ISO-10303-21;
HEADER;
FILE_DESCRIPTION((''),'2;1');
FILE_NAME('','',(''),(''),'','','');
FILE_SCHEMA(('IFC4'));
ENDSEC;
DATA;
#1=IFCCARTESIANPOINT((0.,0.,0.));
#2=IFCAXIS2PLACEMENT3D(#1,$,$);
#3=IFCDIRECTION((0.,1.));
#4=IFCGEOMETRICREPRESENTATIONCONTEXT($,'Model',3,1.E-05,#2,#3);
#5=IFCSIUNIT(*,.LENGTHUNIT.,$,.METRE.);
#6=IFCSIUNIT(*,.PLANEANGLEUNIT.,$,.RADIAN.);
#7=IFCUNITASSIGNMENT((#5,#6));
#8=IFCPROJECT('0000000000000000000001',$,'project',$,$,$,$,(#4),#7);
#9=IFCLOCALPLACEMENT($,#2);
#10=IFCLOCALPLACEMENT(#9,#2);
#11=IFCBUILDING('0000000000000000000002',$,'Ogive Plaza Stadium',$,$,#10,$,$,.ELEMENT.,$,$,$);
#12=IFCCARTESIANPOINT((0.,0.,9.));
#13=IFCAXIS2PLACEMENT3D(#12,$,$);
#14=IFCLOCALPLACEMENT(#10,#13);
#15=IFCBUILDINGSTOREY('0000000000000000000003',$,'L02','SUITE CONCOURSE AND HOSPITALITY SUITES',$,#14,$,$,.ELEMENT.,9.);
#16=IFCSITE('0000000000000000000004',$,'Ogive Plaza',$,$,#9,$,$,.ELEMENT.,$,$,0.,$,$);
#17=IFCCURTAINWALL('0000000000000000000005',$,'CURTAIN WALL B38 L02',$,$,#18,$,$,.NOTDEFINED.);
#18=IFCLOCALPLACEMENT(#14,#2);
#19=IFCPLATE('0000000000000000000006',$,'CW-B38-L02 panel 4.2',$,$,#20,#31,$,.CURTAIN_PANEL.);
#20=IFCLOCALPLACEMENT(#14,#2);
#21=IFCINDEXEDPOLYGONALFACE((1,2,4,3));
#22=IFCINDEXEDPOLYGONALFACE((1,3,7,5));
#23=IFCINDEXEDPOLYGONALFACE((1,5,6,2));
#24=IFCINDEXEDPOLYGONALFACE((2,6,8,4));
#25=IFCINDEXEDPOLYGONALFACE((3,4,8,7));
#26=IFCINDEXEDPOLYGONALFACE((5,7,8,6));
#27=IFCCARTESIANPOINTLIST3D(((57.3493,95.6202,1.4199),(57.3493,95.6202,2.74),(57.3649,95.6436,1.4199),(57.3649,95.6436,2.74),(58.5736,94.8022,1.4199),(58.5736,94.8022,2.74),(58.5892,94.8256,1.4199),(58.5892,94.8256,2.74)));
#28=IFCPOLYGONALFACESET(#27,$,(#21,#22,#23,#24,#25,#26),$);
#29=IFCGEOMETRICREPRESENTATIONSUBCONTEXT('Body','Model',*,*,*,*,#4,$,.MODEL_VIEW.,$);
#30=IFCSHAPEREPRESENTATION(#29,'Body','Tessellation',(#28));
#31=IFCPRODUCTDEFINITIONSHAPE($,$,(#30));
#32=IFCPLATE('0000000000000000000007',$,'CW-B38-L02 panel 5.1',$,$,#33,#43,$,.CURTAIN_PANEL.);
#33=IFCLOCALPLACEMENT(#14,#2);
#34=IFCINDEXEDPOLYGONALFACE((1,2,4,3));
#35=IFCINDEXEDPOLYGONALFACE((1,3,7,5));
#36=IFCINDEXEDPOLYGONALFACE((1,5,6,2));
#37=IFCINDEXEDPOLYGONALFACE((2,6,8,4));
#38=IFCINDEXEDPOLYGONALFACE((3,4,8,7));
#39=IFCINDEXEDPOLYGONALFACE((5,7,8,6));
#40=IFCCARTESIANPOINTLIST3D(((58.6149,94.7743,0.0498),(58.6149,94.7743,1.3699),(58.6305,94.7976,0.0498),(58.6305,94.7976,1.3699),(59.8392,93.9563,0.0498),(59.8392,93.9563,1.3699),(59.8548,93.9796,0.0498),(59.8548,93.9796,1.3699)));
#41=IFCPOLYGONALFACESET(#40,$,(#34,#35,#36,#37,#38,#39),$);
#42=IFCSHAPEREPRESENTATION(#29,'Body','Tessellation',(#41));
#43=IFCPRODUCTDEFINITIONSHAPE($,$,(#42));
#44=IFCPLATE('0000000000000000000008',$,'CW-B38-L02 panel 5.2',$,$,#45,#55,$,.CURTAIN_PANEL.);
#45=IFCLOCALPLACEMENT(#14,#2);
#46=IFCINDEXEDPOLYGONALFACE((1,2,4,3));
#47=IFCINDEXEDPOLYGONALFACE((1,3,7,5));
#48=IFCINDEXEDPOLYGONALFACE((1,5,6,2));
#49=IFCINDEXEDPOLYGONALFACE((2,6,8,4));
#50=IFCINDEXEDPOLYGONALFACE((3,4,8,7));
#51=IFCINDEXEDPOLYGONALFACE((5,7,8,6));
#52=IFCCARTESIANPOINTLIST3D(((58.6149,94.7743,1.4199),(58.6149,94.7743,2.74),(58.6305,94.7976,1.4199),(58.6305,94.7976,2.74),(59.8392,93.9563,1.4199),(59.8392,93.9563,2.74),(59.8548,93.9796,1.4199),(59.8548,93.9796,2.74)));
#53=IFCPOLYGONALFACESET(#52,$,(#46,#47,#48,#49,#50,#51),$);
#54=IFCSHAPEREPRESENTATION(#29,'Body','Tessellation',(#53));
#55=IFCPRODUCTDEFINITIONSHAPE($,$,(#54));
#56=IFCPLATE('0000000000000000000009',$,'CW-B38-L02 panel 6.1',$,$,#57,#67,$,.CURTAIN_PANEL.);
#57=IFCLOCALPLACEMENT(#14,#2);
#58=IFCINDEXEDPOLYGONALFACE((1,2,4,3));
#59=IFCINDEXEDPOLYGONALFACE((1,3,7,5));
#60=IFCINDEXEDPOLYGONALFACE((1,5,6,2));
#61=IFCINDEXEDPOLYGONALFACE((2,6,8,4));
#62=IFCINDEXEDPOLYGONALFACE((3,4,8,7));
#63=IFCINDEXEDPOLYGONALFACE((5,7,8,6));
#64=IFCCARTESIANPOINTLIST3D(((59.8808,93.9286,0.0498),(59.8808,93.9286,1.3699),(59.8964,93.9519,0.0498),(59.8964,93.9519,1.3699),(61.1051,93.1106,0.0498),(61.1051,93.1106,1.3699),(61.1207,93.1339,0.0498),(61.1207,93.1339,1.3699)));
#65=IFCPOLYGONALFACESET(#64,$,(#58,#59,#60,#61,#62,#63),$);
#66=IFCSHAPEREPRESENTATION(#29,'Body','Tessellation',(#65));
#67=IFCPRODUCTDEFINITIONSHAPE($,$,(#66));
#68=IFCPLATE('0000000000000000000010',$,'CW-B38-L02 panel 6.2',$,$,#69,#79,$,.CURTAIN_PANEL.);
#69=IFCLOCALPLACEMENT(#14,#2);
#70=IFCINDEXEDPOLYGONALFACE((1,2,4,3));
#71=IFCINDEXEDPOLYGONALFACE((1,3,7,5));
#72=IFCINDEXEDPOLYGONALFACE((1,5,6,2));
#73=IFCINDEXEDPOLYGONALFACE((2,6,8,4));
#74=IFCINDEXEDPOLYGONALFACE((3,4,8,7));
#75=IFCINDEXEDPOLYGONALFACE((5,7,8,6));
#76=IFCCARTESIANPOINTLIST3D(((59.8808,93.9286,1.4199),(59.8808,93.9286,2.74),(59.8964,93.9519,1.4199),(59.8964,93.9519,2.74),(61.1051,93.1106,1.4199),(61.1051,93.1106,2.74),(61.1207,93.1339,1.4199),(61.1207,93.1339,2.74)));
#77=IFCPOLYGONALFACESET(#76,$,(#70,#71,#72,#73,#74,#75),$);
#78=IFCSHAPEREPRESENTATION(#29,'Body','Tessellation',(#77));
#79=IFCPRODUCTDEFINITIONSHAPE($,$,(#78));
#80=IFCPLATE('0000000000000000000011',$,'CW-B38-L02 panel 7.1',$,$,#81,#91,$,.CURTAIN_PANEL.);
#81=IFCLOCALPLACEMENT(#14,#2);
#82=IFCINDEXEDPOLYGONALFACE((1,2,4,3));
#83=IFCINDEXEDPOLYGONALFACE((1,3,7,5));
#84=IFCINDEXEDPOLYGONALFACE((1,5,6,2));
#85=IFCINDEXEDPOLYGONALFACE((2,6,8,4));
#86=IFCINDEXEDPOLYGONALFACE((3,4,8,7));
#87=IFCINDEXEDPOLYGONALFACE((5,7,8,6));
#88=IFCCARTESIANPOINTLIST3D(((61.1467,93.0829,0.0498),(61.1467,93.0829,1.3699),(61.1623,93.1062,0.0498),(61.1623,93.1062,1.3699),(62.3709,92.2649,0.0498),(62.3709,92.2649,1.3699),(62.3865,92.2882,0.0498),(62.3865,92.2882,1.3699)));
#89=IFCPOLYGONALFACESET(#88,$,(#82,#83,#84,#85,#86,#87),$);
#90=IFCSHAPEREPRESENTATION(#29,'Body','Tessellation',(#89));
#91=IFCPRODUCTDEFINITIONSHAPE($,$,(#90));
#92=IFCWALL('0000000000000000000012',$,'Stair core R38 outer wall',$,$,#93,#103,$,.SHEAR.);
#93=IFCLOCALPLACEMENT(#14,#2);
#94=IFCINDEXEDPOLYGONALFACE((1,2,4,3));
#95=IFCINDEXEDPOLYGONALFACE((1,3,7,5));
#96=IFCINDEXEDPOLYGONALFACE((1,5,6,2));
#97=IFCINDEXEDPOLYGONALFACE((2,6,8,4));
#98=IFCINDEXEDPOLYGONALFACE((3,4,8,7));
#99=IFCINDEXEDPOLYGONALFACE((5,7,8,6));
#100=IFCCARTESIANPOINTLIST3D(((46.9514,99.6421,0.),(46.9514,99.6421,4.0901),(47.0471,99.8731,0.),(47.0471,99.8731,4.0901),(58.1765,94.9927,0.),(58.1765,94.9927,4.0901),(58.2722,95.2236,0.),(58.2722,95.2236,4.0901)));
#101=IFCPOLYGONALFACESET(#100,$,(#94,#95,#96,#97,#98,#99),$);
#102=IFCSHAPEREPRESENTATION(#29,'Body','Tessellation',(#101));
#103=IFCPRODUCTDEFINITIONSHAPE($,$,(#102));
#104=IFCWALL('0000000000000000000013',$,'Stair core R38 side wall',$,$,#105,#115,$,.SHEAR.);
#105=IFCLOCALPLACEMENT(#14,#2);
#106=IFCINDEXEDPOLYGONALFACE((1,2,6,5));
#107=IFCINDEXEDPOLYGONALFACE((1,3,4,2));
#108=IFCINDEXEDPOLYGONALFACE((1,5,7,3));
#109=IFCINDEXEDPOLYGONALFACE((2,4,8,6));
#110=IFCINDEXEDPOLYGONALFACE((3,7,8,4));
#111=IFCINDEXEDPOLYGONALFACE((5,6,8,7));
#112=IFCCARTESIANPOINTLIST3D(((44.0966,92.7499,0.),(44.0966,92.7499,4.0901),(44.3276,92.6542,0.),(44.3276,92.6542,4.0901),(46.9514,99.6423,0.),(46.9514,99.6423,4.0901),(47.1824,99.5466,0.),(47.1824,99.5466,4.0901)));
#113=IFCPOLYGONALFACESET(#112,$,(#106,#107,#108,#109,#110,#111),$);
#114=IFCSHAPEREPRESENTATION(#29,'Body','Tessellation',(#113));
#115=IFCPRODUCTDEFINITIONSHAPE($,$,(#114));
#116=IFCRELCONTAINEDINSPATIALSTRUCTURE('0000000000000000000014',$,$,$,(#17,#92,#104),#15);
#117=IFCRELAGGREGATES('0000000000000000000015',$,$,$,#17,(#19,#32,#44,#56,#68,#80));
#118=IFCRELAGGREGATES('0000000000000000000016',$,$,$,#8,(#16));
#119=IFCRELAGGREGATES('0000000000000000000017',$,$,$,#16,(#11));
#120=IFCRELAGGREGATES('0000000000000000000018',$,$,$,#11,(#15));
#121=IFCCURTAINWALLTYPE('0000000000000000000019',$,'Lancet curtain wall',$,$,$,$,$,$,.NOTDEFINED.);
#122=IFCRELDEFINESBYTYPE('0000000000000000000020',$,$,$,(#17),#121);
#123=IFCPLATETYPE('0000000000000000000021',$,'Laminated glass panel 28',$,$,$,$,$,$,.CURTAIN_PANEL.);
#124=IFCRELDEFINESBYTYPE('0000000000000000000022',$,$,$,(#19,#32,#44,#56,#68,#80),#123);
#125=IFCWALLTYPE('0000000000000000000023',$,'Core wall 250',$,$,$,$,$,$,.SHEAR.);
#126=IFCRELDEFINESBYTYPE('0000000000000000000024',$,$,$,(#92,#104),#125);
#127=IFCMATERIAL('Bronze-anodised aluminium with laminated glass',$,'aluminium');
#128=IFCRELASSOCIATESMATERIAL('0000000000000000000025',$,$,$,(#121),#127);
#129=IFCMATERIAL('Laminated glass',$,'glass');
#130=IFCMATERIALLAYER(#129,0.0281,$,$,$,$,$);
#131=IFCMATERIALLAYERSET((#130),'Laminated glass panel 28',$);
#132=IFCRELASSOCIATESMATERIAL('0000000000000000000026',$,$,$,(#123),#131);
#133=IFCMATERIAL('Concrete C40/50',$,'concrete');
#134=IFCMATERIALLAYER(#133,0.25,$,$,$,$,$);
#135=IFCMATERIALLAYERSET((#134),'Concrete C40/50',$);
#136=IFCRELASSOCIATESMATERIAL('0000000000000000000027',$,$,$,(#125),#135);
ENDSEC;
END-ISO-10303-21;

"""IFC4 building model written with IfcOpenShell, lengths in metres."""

from ifc_helpers import new_model, si_unit, direction, frame, frame_2d, origin, origin_2d, place, context, subcontext, project, spatial, rectangle, extrude, material, layer, layer_set, type_object, element, aggregate, save


model = new_model("IFC4")

# Units and contexts
model_context = context("Model", 3, precision=1e-05, world=origin(), true_north=direction((0.0, 1.0)))
body_context = subcontext(model_context, "Body", "Model", "MODEL_VIEW")
ifc_project = project(units=[si_unit("LENGTHUNIT", "METRE"), si_unit("PLANEANGLEUNIT", "RADIAN")], contexts=[model_context])

# Site, building, storey
site_placement = place(None, origin())
site = spatial("IfcSite", under=ifc_project, at=site_placement, Name="Ogive Plaza", CompositionType="ELEMENT", RefElevation=0.0)
building_placement = place(site_placement, origin())
building = spatial("IfcBuilding", under=site, at=building_placement, Name="Ogive Plaza Stadium", CompositionType="ELEMENT")
storey_placement = place(building_placement, frame((0.0, 0.0, 9.0)))
storey = spatial("IfcBuildingStorey", under=building, at=storey_placement, Name="L02", Description="SUITE CONCOURSE AND HOSPITALITY SUITES", CompositionType="ELEMENT", Elevation=9.0)

# Curtain wall, plates
ifc_material_1 = material(Name="Bronze-anodised aluminium with laminated glass", Category="aluminium")
curtain_wall_type = type_object("IfcCurtainWallType", Name="Lancet curtain wall", PredefinedType="NOTDEFINED", material=ifc_material_1)
curtain_wall_placement = place(storey_placement, origin())
curtain_wall = element("IfcCurtainWall", 1, at=curtain_wall_placement, inside=storey, type_object=curtain_wall_type, Name="CURTAIN WALL B38 L02", PredefinedType="NOTDEFINED")
ifc_material_2 = material(Name="Laminated glass", Category="glass")
ifc_layer_1 = layer(ifc_material_2, 0.0281)
ifc_layer_set_1 = layer_set([ifc_layer_1], Name="Laminated glass panel 28")
plate_type = type_object("IfcPlateType", Name="Laminated glass panel 28", PredefinedType="CURTAIN_PANEL", material=ifc_layer_set_1)
plate_1_placement = place(storey_placement, frame((57.9692, 95.2229, 1.4199), z_axis=(0.0, 0.0, 1.0), x_axis=(0.83147, -0.55557, 0.0)))
plate_1 = element("IfcPlate", 2, at=plate_1_placement, type_object=plate_type, Name="CW-B38-L02 panel 4.2", PredefinedType="CURTAIN_PANEL", context=body_context, shape_type="SweptSolid", body=[
    extrude(rectangle(XDim=1.4724, YDim=0.0281, at=origin_2d()), origin(), (0.0, 0.0, 1.0), 1.3201),
])
plate_2_placement = place(storey_placement, frame((59.2349, 94.377, 0.0498), z_axis=(0.0, 0.0, 1.0), x_axis=(0.83147, -0.55557, 0.0)))
plate_2 = element("IfcPlate", 3, at=plate_2_placement, type_object=plate_type, Name="CW-B38-L02 panel 5.1", PredefinedType="CURTAIN_PANEL", context=body_context, shape_type="SweptSolid", body=[
    extrude(rectangle(XDim=1.4724, YDim=0.0281, at=origin_2d()), origin(), (0.0, 0.0, 1.0), 1.3201),
])
plate_3_placement = place(storey_placement, frame((59.2349, 94.377, 1.4199), z_axis=(0.0, 0.0, 1.0), x_axis=(0.83147, -0.55557, 0.0)))
plate_3 = element("IfcPlate", 4, at=plate_3_placement, type_object=plate_type, Name="CW-B38-L02 panel 5.2", PredefinedType="CURTAIN_PANEL", context=body_context, shape_type="SweptSolid", body=[
    extrude(rectangle(XDim=1.4724, YDim=0.0281, at=origin_2d()), origin(), (0.0, 0.0, 1.0), 1.3201),
])
plate_4_placement = place(storey_placement, frame((60.5007, 93.5312, 0.0498), z_axis=(0.0, 0.0, 1.0), x_axis=(0.83147, -0.55557, 0.0)))
plate_4 = element("IfcPlate", 5, at=plate_4_placement, type_object=plate_type, Name="CW-B38-L02 panel 6.1", PredefinedType="CURTAIN_PANEL", context=body_context, shape_type="SweptSolid", body=[
    extrude(rectangle(XDim=1.4724, YDim=0.0281, at=origin_2d()), origin(), (0.0, 0.0, 1.0), 1.3201),
])
plate_5_placement = place(storey_placement, frame((60.5007, 93.5312, 1.4199), z_axis=(0.0, 0.0, 1.0), x_axis=(0.83147, -0.55557, 0.0)))
plate_5 = element("IfcPlate", 6, at=plate_5_placement, type_object=plate_type, Name="CW-B38-L02 panel 6.2", PredefinedType="CURTAIN_PANEL", context=body_context, shape_type="SweptSolid", body=[
    extrude(rectangle(XDim=1.4724, YDim=0.0281, at=origin_2d()), origin(), (0.0, 0.0, 1.0), 1.3201),
])
plate_6_placement = place(storey_placement, frame((61.7666, 92.6855, 0.0498), z_axis=(0.0, 0.0, 1.0), x_axis=(0.83147, -0.55557, 0.0)))
plate_6 = element("IfcPlate", 7, at=plate_6_placement, type_object=plate_type, Name="CW-B38-L02 panel 7.1", PredefinedType="CURTAIN_PANEL", context=body_context, shape_type="SweptSolid", body=[
    extrude(rectangle(XDim=1.4724, YDim=0.0281, at=origin_2d()), origin(), (0.0, 0.0, 1.0), 1.3201),
])
aggregate(curtain_wall, [plate_1, plate_2, plate_3, plate_4, plate_5, plate_6])

# Walls
ifc_material_3 = material(Name="Concrete C40/50", Category="concrete")
ifc_layer_2 = layer(ifc_material_3, 0.25)
ifc_layer_set_2 = layer_set([ifc_layer_2], Name="Concrete C40/50")
wall_type = type_object("IfcWallType", Name="Core wall 250", PredefinedType="SHEAR", material=ifc_layer_set_2)
wall_1_placement = place(storey_placement, frame((58.2244, 95.1082, 0.0), z_axis=(0.0, 0.0, 1.0), x_axis=(-0.923885, 0.382671, 0.0)))
element("IfcWall", 8, at=wall_1_placement, inside=storey, type_object=wall_type, Name="Stair core R38 outer wall", PredefinedType="SHEAR", context=body_context, shape_type="SweptSolid", body=[
    extrude(rectangle(XDim=12.1499, YDim=0.25, at=frame_2d((6.075, 0.0))), origin(), (0.0, 0.0, 1.0), 4.0901),
])
wall_2_placement = place(storey_placement, frame((44.2122, 92.7021, 0.0), z_axis=(0.0, 0.0, 1.0), x_axis=(0.382665, 0.923887, 0.0)))
element("IfcWall", 9, at=wall_2_placement, inside=storey, type_object=wall_type, Name="Stair core R38 side wall", PredefinedType="SHEAR", context=body_context, shape_type="SweptSolid", body=[
    extrude(rectangle(XDim=7.4602, YDim=0.25, at=frame_2d((3.73, 0.0))), origin(), (0.0, 0.0, 1.0), 4.0901),
])

save(model, "model.ifc")
